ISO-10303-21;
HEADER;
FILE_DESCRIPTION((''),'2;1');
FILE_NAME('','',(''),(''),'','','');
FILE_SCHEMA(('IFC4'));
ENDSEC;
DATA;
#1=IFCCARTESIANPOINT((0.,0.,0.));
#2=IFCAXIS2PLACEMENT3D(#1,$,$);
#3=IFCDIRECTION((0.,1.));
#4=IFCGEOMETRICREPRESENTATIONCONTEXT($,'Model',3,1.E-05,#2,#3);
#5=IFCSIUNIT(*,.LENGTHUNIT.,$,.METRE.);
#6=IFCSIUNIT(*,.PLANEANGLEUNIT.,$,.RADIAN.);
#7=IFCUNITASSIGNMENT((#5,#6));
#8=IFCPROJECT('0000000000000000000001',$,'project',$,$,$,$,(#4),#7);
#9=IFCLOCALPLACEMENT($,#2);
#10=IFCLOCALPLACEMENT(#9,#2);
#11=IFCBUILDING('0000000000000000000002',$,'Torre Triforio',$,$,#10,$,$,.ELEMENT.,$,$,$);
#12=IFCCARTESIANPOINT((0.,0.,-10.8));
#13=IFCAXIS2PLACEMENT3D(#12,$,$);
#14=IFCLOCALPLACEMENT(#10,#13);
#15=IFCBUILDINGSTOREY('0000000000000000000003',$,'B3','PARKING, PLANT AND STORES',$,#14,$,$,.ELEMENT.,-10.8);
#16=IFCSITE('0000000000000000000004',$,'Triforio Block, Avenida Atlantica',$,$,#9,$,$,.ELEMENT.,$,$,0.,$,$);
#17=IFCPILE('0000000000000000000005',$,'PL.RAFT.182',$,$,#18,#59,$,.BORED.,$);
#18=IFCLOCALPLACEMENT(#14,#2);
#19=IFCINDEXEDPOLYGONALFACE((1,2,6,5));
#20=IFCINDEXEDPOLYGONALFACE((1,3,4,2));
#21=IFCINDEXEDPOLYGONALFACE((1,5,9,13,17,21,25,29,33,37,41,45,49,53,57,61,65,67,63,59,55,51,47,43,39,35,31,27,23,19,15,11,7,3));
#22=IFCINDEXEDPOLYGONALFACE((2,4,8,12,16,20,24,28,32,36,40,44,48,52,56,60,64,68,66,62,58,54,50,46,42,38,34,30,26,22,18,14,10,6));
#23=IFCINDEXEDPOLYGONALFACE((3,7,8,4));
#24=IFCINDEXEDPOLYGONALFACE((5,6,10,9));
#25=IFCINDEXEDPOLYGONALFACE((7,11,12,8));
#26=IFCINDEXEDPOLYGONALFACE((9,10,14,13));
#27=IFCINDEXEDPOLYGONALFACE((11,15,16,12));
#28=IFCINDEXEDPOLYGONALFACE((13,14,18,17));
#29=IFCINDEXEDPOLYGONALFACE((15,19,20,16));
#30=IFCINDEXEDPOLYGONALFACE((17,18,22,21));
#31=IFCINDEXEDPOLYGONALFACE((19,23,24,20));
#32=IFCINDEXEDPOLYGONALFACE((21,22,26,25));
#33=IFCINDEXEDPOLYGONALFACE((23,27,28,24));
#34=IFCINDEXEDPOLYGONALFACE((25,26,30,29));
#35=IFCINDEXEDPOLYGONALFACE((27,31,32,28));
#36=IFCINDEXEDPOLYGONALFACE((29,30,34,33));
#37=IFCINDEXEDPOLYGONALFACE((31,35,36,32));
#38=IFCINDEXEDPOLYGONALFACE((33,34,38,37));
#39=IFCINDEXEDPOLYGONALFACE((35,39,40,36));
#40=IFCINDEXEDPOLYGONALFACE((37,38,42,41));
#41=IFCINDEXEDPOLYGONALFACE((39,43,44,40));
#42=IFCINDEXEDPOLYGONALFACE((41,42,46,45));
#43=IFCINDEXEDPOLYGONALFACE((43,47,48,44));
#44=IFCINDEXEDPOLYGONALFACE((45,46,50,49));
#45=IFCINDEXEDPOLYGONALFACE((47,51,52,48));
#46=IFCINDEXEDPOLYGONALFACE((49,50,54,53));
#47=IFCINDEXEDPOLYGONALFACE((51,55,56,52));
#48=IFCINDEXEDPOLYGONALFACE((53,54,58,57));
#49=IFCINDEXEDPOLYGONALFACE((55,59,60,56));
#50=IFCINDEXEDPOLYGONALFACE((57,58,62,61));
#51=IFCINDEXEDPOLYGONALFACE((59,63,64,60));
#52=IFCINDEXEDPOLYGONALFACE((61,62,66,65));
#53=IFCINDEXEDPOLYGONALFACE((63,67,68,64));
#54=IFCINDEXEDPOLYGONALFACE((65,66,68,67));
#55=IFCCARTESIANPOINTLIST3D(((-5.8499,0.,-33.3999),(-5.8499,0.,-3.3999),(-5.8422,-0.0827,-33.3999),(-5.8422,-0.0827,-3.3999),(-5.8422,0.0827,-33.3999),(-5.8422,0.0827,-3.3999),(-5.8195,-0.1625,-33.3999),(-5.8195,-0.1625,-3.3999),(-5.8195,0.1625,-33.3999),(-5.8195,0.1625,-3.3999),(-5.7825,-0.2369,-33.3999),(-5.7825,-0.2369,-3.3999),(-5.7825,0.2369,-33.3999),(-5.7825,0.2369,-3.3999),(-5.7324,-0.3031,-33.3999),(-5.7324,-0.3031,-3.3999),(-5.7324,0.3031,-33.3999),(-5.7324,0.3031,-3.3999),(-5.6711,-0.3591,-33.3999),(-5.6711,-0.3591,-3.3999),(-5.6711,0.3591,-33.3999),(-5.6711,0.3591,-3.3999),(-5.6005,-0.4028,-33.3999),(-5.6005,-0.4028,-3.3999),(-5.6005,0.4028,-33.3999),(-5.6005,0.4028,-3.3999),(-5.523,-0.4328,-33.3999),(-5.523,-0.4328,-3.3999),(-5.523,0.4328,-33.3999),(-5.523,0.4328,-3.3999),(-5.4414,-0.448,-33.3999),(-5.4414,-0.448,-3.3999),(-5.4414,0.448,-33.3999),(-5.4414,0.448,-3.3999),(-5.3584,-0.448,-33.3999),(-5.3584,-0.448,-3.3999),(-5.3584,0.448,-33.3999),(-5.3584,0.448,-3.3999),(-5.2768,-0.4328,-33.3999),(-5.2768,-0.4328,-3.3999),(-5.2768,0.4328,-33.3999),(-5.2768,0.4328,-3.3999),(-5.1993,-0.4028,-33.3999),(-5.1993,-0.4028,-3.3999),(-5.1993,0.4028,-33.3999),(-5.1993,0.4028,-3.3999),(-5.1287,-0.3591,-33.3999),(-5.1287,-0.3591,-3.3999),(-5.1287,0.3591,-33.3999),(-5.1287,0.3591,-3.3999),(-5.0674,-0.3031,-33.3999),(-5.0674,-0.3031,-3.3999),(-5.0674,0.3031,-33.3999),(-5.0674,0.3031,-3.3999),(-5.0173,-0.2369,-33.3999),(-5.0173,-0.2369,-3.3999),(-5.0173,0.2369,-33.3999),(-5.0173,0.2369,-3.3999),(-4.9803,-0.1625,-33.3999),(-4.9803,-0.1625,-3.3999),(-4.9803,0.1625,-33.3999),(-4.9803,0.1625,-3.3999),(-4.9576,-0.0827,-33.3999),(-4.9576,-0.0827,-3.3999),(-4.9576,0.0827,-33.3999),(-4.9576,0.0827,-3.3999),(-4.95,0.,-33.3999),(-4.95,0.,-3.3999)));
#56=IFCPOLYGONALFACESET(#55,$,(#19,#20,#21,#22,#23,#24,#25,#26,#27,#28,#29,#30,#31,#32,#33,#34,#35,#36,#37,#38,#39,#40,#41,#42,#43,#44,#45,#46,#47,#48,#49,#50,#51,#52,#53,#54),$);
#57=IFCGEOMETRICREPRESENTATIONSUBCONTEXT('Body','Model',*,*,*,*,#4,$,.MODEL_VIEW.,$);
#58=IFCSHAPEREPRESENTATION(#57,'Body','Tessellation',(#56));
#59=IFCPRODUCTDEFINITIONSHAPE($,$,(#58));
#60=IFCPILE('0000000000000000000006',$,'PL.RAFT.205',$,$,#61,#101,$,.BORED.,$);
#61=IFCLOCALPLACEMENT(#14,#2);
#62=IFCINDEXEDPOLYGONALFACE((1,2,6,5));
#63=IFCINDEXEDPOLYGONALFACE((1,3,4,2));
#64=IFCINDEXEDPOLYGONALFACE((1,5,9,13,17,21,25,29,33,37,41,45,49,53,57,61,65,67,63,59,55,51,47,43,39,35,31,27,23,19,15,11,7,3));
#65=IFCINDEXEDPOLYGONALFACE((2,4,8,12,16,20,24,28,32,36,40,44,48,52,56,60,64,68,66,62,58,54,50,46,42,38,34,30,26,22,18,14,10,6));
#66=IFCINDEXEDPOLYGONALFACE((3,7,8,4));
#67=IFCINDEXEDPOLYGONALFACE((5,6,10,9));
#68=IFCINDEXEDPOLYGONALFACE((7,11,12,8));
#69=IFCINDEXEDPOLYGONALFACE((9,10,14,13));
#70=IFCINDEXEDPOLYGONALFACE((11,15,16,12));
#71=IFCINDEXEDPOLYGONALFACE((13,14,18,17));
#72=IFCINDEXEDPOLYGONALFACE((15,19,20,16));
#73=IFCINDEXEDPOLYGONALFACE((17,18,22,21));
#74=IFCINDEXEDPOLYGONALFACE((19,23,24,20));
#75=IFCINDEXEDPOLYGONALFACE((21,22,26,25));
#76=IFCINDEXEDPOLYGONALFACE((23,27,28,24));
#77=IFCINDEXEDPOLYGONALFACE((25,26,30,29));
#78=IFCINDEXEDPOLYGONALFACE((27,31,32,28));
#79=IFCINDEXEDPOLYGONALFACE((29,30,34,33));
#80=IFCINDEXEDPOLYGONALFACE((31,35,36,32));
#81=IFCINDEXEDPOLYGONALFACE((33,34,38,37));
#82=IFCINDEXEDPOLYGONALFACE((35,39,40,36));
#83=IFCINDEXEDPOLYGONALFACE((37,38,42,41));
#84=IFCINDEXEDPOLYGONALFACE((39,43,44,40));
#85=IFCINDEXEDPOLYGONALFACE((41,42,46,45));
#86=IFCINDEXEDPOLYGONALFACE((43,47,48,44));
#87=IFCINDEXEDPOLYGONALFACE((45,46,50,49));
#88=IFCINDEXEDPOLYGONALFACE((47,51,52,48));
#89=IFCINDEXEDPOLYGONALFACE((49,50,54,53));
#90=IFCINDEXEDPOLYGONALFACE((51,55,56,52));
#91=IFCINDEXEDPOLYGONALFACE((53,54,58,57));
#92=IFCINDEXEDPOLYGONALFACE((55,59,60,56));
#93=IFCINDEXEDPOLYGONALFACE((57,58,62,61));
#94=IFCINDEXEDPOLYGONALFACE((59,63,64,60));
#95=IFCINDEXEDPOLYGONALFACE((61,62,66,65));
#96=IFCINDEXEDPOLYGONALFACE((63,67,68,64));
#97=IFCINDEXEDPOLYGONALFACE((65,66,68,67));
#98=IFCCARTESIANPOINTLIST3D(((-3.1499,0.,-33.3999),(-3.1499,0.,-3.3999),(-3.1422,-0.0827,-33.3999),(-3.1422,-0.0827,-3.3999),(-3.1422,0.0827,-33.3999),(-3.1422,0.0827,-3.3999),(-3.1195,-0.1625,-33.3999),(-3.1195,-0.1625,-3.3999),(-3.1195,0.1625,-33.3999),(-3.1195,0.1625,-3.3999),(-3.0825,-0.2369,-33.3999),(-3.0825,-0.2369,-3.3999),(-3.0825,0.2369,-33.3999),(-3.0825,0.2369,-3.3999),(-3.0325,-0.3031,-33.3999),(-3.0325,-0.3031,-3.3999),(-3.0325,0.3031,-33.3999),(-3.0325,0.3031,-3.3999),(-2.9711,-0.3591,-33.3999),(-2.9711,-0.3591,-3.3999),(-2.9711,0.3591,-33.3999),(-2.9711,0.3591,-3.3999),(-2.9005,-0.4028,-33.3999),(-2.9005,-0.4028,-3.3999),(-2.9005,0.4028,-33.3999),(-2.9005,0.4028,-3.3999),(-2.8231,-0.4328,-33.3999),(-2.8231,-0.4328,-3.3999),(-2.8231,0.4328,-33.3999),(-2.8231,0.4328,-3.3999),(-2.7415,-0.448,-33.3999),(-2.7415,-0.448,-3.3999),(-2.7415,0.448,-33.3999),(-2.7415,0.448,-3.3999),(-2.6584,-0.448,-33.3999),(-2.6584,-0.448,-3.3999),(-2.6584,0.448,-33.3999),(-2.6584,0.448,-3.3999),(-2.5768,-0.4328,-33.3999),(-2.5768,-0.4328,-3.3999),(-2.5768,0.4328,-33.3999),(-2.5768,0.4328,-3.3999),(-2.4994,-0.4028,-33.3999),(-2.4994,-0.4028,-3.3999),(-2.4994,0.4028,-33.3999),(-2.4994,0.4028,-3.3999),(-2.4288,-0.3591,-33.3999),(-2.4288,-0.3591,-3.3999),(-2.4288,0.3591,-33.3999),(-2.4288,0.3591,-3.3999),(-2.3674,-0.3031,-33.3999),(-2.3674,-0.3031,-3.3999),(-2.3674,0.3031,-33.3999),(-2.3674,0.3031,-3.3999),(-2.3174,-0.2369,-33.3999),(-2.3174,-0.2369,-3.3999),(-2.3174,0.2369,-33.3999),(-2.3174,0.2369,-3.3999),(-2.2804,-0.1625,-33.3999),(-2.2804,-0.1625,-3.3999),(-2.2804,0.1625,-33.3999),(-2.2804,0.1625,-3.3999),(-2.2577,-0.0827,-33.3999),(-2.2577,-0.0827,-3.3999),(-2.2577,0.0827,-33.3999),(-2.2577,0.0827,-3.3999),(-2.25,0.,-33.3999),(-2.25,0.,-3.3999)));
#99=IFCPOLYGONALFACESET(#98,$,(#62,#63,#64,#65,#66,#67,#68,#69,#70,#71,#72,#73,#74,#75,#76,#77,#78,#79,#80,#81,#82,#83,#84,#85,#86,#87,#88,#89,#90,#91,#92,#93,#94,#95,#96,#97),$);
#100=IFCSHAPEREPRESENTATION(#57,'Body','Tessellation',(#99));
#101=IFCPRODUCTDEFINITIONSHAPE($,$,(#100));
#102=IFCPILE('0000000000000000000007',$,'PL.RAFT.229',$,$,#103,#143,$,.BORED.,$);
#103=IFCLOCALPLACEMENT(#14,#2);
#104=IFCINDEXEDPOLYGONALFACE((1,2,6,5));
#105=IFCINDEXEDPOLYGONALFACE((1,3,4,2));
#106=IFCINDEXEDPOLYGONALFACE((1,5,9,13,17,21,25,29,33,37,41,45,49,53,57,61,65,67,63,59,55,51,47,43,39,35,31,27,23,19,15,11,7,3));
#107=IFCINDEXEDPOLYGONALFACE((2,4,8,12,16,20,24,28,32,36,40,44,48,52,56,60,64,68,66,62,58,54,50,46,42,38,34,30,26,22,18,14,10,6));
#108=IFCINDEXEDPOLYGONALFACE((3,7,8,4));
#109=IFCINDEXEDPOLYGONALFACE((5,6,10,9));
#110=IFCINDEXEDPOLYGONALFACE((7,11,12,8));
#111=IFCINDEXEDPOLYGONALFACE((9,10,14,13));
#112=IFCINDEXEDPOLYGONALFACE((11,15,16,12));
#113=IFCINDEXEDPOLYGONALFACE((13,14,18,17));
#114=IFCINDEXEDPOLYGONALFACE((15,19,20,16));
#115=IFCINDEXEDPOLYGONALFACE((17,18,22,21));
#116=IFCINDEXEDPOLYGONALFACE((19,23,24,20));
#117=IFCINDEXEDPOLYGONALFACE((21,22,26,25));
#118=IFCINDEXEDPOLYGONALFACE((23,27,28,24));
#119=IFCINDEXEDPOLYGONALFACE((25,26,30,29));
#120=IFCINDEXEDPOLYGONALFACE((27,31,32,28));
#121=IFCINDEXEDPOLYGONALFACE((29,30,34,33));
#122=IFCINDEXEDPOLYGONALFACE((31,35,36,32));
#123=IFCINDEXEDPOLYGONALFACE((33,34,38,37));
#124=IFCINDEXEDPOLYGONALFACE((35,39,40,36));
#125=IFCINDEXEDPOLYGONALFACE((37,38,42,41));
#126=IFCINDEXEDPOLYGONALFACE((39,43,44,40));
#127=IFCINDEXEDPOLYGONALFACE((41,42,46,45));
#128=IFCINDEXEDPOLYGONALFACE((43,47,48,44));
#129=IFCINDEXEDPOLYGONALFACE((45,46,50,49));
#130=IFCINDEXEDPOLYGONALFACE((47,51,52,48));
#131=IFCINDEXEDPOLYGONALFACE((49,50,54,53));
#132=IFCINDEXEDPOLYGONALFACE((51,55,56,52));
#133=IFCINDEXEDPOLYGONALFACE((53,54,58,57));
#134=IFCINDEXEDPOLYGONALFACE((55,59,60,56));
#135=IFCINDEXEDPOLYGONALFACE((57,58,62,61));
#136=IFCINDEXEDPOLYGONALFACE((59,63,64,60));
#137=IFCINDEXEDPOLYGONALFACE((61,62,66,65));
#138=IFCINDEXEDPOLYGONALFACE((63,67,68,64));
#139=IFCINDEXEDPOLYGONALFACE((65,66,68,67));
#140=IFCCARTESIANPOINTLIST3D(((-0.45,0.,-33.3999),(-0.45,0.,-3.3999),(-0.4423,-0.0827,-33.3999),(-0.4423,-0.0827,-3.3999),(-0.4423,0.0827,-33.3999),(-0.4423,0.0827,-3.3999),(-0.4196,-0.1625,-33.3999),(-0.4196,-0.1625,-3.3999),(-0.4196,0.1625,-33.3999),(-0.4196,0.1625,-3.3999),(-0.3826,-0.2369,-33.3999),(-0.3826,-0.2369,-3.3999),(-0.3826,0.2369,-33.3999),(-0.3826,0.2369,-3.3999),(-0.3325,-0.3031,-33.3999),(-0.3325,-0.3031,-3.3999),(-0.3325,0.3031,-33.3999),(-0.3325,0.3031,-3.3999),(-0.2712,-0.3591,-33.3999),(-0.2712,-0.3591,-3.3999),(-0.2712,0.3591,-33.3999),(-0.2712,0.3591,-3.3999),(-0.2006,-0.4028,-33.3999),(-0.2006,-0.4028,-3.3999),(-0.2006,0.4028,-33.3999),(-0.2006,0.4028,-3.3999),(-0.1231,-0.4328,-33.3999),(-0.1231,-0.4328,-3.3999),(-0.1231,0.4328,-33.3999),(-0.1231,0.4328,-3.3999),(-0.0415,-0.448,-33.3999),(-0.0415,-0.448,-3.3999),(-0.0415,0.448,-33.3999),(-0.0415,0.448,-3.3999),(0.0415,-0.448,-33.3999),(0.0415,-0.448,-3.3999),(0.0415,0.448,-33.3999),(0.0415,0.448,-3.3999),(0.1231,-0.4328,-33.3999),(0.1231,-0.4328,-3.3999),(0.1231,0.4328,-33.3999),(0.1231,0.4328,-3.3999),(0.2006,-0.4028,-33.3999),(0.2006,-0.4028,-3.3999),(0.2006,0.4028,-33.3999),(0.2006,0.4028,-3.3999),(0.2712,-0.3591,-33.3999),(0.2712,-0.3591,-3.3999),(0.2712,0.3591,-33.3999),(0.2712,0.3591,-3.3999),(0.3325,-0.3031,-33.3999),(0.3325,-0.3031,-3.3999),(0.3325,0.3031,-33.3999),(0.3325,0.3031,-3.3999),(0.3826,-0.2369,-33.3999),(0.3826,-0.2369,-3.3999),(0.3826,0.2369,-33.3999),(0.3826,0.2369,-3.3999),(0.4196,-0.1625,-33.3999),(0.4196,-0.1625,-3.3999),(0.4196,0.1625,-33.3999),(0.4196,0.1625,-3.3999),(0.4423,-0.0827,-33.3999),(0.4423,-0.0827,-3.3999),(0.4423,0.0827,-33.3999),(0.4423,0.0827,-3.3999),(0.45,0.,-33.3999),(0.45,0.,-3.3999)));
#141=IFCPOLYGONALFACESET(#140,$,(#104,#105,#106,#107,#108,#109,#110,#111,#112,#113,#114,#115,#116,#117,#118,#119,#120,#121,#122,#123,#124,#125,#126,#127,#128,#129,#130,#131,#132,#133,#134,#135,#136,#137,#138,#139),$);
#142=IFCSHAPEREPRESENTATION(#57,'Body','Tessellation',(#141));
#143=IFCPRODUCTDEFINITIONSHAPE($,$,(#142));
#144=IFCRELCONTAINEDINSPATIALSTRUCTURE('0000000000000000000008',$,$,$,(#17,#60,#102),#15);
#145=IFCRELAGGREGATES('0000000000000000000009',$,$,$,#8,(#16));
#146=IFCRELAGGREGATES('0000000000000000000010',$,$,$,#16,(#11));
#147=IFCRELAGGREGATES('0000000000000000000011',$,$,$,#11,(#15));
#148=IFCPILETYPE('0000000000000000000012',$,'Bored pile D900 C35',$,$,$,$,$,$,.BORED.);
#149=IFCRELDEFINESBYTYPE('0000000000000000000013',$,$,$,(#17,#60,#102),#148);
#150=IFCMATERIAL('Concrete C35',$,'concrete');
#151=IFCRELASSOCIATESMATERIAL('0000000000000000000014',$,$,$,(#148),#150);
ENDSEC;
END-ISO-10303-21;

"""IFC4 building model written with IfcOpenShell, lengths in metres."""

from ifc_helpers import new_model, si_unit, direction, frame, origin, origin_2d, place, context, subcontext, project, spatial, circle, extrude, material, material_profile, profile_set, type_object, element, save


model = new_model("IFC4")

# Units and contexts
model_context = context("Model", 3, precision=1e-05, world=origin(), true_north=direction((0.0, 1.0)))
body_context = subcontext(model_context, "Body", "Model", "MODEL_VIEW")
ifc_project = project(units=[si_unit("LENGTHUNIT", "METRE"), si_unit("PLANEANGLEUNIT", "RADIAN")], contexts=[model_context])

# Site, building, storey
site_placement = place(None, origin())
site = spatial("IfcSite", under=ifc_project, at=site_placement, Name="Triforio Block, Avenida Atlantica", CompositionType="ELEMENT", RefElevation=0.0)
building_placement = place(site_placement, origin())
building = spatial("IfcBuilding", under=site, at=building_placement, Name="Torre Triforio", CompositionType="ELEMENT")
storey_placement = place(building_placement, frame((0.0, 0.0, -10.8)))
storey = spatial("IfcBuildingStorey", under=building, at=storey_placement, Name="B3", Description="PARKING, PLANT AND STORES", CompositionType="ELEMENT", Elevation=-10.8)

# Piles
ifc_material_1 = material(Name="Concrete C35", Category="concrete")
ifc_material_profile = material_profile(ifc_material_1, circle(Radius=0.45, at=origin_2d()), Name="RC D900")
ifc_profile_set = profile_set([ifc_material_profile], Name="Concrete C35")
pile_type = type_object("IfcPileType", Name="Bored pile D900 C35", PredefinedType="BORED", material=ifc_profile_set)
for number, where, z_axis, x_axis, name in (
    (1, (-5.3999, 0.0, -3.3999), (0.0, 0.0, -1.0), (1.0, 0.0, 0.0), "PL.RAFT.182"),
    (2, (-2.7, 0.0, -3.3999), (0.0, 0.0, -1.0), (1.0, 0.0, 0.0), "PL.RAFT.205"),
    (3, (0.0, 0.0, -3.3999), (0.0, 0.0, -1.0), (1.0, 0.0, 0.0), "PL.RAFT.229"),
):
    element("IfcPile", number, at=place(storey_placement, frame(where, z_axis=z_axis, x_axis=x_axis)), inside=storey, type_object=pile_type, Name=name, PredefinedType="BORED", context=body_context, shape_type="SweptSolid", body=[
        extrude(circle(Radius=0.45, at=origin_2d()), origin(), (0.0, 0.0, 1.0), 30.0),
    ])

save(model, "model.ifc")
